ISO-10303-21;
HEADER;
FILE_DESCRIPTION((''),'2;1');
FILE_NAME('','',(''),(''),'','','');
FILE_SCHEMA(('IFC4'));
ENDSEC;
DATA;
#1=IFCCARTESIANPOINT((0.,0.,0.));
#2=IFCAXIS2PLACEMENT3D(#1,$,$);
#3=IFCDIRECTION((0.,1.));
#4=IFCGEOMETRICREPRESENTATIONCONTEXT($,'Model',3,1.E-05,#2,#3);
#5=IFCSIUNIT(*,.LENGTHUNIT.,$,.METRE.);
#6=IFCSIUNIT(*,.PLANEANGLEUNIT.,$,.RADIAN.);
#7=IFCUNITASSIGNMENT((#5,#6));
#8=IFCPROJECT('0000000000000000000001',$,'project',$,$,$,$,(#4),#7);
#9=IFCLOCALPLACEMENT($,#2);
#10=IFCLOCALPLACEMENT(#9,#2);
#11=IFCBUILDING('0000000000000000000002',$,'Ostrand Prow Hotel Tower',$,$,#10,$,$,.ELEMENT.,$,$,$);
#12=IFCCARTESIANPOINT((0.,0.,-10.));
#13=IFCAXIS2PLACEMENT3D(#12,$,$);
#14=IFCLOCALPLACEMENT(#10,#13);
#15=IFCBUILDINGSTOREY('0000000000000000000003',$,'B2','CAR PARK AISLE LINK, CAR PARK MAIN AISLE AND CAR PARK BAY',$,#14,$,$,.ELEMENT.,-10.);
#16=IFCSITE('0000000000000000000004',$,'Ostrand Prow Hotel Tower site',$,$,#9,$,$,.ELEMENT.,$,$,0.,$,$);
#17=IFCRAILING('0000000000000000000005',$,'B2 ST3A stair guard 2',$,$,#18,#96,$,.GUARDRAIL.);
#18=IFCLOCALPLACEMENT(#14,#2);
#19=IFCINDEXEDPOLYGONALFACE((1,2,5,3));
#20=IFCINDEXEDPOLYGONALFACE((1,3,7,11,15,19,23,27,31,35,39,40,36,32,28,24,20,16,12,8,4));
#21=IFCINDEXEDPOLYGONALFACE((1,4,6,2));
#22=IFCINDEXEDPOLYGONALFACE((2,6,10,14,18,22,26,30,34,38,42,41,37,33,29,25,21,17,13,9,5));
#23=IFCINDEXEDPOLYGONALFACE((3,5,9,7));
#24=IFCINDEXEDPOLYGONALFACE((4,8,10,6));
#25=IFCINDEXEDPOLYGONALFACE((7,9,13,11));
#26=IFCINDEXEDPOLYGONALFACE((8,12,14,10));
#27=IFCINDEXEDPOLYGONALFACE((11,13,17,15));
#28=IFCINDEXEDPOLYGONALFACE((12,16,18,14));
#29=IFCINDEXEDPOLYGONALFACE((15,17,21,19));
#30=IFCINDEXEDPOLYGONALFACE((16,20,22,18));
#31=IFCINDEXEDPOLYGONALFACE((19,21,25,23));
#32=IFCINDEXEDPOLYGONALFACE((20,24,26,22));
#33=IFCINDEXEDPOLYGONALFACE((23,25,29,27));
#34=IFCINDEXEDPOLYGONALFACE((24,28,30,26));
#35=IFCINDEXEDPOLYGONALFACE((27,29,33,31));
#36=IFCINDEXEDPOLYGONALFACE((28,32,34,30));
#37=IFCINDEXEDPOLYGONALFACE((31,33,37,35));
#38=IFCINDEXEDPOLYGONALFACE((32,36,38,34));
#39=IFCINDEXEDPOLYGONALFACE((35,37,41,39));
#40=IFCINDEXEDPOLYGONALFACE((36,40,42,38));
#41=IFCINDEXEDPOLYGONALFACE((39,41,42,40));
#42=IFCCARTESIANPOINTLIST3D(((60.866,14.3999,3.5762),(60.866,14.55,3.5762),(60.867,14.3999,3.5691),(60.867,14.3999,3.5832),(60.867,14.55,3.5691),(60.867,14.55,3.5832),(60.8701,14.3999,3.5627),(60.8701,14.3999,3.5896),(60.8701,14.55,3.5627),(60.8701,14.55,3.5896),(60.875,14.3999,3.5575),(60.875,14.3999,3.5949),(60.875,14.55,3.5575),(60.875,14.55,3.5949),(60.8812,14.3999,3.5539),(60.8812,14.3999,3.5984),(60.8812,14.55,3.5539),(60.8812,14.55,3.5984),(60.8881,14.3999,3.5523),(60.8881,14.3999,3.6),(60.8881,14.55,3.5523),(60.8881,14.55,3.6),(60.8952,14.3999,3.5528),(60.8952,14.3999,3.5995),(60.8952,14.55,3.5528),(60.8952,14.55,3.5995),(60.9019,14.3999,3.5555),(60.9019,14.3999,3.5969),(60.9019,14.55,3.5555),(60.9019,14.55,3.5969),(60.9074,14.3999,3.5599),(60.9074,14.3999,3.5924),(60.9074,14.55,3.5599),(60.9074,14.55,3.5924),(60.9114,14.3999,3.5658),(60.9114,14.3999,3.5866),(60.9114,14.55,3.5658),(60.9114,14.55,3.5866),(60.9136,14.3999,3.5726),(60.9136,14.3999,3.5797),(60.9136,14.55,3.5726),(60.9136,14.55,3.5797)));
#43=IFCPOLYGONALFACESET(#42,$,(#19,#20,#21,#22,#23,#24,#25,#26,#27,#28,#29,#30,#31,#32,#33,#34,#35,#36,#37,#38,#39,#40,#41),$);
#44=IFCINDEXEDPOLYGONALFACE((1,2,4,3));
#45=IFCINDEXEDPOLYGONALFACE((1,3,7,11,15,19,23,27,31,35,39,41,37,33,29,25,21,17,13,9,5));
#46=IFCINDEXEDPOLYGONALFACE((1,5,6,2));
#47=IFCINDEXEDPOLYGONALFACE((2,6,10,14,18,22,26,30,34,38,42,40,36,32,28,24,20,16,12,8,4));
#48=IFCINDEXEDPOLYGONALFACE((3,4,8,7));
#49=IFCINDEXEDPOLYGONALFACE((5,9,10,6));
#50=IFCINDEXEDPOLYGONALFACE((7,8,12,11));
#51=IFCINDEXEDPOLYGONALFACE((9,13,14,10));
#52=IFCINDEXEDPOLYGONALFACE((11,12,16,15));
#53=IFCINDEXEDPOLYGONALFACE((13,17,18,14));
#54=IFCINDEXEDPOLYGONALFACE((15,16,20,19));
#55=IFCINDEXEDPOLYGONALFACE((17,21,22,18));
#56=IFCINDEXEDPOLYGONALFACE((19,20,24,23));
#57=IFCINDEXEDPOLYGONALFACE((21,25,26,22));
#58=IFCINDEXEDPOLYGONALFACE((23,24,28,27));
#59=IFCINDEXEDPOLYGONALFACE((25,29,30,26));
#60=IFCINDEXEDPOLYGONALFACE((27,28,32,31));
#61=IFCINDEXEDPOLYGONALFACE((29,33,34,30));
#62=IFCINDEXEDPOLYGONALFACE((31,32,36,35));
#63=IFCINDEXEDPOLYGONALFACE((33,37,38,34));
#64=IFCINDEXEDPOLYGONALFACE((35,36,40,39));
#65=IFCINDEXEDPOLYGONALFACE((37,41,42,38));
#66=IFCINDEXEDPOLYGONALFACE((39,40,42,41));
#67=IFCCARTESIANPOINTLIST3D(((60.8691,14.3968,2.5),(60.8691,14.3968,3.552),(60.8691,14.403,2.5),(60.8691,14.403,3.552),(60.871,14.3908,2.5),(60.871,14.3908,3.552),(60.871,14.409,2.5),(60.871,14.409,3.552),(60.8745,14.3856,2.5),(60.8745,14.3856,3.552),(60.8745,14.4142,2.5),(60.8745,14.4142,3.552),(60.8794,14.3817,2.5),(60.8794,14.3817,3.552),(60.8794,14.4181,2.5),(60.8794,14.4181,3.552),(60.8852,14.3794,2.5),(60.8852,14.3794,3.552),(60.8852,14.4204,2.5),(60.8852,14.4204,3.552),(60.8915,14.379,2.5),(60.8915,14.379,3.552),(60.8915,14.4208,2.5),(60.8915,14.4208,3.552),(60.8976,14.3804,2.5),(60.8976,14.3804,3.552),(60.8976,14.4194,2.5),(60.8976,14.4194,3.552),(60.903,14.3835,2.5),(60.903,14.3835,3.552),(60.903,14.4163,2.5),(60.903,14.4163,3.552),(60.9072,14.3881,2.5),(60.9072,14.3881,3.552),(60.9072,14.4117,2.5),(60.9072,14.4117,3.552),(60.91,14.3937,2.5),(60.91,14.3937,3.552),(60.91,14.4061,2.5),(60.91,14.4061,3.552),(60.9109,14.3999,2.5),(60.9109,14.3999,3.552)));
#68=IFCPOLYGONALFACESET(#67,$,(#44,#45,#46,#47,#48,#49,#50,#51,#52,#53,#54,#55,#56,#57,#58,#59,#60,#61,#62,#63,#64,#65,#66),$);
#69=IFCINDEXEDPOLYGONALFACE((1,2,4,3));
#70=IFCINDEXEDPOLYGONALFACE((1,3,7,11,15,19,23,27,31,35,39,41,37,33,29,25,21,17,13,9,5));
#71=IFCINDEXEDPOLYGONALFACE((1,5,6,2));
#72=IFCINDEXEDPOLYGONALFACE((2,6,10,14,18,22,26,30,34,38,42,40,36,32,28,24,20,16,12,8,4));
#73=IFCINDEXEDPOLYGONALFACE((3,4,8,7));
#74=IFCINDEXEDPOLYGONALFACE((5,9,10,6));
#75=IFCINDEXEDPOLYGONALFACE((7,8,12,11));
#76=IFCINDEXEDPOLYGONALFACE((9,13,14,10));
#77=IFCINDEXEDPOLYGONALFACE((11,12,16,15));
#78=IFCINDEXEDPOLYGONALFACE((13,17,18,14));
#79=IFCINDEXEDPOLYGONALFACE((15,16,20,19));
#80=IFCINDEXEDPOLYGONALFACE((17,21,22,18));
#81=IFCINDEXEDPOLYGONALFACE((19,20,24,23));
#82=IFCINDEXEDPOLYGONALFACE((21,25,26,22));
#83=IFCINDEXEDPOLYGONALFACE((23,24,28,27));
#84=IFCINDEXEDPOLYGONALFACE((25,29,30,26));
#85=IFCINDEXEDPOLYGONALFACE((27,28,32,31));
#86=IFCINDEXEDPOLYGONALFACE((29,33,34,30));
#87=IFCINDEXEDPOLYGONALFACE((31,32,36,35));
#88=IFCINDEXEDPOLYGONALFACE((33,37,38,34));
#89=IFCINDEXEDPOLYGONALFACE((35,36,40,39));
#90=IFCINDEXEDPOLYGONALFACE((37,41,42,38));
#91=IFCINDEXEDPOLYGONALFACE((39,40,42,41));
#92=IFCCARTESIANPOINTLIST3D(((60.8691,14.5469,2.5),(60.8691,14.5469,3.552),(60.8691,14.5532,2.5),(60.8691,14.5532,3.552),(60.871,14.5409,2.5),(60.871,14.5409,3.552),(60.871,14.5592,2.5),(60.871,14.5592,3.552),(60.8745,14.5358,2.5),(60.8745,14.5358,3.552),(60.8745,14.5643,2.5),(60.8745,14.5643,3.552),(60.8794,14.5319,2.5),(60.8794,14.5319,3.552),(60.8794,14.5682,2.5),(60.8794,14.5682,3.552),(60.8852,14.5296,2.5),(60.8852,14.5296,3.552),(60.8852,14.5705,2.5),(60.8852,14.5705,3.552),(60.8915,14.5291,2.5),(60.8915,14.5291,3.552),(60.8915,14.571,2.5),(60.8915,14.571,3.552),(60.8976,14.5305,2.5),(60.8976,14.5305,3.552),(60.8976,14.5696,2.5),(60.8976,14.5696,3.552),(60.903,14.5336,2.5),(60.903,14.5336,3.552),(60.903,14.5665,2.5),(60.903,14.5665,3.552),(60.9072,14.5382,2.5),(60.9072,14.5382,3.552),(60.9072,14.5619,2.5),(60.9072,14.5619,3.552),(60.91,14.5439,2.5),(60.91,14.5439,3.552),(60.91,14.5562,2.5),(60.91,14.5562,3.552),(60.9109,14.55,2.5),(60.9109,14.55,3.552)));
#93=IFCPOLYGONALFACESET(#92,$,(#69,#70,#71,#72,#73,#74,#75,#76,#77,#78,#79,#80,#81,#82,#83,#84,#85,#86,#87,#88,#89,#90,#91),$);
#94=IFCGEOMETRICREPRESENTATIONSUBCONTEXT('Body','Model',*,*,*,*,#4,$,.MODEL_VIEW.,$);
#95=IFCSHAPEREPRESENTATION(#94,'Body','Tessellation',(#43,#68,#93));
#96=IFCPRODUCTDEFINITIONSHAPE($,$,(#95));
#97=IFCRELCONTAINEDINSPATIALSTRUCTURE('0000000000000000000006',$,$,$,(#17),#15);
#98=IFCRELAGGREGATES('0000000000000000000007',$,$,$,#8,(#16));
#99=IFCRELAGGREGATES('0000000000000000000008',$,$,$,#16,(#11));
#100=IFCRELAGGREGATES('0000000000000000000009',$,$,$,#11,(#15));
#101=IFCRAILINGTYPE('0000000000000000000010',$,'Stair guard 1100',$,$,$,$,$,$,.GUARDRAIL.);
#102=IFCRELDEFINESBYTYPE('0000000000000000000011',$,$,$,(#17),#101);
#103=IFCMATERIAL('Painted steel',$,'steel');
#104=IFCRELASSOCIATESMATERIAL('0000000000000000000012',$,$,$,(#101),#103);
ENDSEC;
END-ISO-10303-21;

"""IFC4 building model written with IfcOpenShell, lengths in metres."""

from ifc_helpers import new_model, si_unit, direction, frame, origin, origin_2d, place, context, subcontext, project, spatial, circle, extrude, material, type_object, element, save


model = new_model("IFC4")

# Units and contexts
model_context = context("Model", 3, precision=1e-05, world=origin(), true_north=direction((0.0, 1.0)))
body_context = subcontext(model_context, "Body", "Model", "MODEL_VIEW")
ifc_project = project(units=[si_unit("LENGTHUNIT", "METRE"), si_unit("PLANEANGLEUNIT", "RADIAN")], contexts=[model_context])

# Site, building, storey
site_placement = place(None, origin())
site = spatial("IfcSite", under=ifc_project, at=site_placement, Name="Ostrand Prow Hotel Tower site", CompositionType="ELEMENT", RefElevation=0.0)
building_placement = place(site_placement, origin())
building = spatial("IfcBuilding", under=site, at=building_placement, Name="Ostrand Prow Hotel Tower", CompositionType="ELEMENT")
storey_placement = place(building_placement, frame((0.0, 0.0, -10.0)))
storey = spatial("IfcBuildingStorey", under=building, at=storey_placement, Name="B2", Description="CAR PARK AISLE LINK, CAR PARK MAIN AISLE AND CAR PARK BAY", CompositionType="ELEMENT", Elevation=-10.0)

# Railing
ifc_material_1 = material(Name="Painted steel", Category="steel")
railing_type_1 = type_object("IfcRailingType", Name="Stair guard 1100", PredefinedType="GUARDRAIL", material=ifc_material_1)
railing_1_placement = place(storey_placement, frame((60.8899, 14.3999, 2.5)))
element("IfcRailing", 1, at=railing_1_placement, inside=storey, type_object=railing_type_1, Name="B2 ST3A stair guard 2", PredefinedType="GUARDRAIL", context=body_context, shape_type="SweptSolid", body=[
    extrude(circle(Radius=0.0239, at=origin_2d()), frame((0.0, 0.0, 1.0762), z_axis=(0.0, 1.0, 0.0), x_axis=(-1.0, 0.0, 0.0)), (0.0, 0.0, 1.0), 0.1501),
    extrude(circle(Radius=0.021, at=origin_2d()), origin(), (0.0, 0.0, 1.0), 1.052),
    extrude(circle(Radius=0.021, at=origin_2d()), frame((0.0, 0.1501, 0.0)), (0.0, 0.0, 1.0), 1.052),
])

save(model, "model.ifc")
